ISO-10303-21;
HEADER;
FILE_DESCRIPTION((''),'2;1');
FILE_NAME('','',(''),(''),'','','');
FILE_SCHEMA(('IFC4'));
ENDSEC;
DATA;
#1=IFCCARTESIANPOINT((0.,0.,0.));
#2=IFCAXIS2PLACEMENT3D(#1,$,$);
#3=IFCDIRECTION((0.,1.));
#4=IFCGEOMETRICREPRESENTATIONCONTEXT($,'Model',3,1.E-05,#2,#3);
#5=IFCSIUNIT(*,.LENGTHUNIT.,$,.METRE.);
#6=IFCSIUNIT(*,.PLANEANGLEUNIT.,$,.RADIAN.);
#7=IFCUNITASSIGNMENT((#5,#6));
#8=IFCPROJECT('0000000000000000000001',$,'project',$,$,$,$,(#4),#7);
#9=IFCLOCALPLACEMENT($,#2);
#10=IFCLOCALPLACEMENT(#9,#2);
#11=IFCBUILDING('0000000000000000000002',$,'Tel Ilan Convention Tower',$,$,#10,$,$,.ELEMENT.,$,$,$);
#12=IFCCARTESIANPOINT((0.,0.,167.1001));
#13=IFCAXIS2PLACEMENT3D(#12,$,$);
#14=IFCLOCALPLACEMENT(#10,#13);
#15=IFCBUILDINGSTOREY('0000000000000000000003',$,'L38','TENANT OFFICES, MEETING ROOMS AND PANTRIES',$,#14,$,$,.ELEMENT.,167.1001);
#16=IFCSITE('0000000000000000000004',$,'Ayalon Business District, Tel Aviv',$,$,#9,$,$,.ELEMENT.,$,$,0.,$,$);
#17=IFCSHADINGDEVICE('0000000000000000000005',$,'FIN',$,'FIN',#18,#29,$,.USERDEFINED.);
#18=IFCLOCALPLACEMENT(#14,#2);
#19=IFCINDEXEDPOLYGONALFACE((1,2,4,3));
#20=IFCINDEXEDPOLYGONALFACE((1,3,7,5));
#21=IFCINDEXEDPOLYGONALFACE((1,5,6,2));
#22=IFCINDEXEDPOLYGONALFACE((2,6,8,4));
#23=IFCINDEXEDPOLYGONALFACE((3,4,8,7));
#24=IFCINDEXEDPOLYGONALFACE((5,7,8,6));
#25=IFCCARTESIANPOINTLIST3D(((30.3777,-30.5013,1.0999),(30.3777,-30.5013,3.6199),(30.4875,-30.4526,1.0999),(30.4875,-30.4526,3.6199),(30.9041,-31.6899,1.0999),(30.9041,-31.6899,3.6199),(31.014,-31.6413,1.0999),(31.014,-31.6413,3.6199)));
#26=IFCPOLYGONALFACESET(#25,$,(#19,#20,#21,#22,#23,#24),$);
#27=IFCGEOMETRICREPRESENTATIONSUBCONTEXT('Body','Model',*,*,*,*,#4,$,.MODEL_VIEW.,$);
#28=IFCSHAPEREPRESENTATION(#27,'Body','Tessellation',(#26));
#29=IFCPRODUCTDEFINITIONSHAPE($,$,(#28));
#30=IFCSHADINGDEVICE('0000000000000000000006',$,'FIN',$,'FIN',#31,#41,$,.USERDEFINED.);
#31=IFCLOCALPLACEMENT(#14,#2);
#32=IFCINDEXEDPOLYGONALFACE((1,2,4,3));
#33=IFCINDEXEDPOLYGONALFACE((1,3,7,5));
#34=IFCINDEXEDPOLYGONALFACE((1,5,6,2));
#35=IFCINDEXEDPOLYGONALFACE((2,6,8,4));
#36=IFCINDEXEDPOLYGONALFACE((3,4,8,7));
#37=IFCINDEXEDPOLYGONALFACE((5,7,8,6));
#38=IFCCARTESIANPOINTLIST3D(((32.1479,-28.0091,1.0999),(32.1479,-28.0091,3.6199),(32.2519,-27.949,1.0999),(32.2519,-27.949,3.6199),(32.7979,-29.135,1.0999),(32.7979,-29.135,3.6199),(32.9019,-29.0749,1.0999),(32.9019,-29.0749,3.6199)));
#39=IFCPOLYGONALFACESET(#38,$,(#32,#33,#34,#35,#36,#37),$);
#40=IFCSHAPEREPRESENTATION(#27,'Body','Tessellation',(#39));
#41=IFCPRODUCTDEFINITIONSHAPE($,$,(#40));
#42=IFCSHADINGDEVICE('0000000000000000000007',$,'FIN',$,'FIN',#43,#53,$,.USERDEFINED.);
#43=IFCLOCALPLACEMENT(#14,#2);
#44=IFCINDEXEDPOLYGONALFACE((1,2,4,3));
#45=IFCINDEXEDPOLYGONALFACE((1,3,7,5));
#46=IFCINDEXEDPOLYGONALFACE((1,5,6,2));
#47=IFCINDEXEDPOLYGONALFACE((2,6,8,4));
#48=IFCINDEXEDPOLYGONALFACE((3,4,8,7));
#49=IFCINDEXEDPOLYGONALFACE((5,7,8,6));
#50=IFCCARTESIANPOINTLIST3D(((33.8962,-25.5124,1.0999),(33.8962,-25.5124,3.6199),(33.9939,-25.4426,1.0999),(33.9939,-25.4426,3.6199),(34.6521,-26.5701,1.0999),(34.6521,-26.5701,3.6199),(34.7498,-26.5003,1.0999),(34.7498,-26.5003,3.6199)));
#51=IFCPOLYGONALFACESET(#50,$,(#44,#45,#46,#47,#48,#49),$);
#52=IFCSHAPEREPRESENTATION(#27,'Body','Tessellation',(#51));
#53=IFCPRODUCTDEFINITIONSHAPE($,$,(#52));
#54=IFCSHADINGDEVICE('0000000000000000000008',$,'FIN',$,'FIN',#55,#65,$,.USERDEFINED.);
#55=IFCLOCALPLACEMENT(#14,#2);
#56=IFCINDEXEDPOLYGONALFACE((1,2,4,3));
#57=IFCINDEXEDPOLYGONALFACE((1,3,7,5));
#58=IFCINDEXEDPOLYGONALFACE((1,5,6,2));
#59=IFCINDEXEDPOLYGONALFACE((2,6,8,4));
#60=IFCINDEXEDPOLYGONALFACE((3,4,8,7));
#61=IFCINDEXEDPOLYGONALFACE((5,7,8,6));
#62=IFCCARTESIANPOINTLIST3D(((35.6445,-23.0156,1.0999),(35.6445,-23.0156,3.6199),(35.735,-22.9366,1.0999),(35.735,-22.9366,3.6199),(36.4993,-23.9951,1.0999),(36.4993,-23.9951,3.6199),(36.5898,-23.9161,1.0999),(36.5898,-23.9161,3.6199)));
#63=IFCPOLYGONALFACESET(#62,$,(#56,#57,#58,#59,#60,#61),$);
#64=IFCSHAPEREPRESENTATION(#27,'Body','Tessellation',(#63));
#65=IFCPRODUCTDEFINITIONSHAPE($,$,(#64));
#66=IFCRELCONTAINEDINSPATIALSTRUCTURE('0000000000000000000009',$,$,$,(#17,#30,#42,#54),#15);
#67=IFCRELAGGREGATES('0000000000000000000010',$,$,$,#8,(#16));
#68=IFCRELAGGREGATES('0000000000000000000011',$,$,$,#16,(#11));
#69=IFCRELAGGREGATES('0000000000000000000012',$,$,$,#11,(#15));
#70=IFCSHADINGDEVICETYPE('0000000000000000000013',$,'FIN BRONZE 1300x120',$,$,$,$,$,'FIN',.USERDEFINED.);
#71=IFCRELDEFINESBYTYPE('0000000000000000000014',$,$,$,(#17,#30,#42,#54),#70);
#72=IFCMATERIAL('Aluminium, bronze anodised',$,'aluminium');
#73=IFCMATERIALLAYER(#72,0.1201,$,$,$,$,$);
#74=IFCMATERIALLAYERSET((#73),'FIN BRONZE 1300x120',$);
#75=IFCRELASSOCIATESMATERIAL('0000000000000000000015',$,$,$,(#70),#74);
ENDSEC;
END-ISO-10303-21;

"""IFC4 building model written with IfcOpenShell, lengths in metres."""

from ifc_helpers import new_model, si_unit, direction, frame, origin, origin_2d, place, context, subcontext, project, spatial, rectangle, extrude, material, layer, layer_set, type_object, element, save


model = new_model("IFC4")

# Units and contexts
model_context = context("Model", 3, precision=1e-05, world=origin(), true_north=direction((0.0, 1.0)))
body_context = subcontext(model_context, "Body", "Model", "MODEL_VIEW")
ifc_project = project(units=[si_unit("LENGTHUNIT", "METRE"), si_unit("PLANEANGLEUNIT", "RADIAN")], contexts=[model_context])

# Site, building, storey
site_placement = place(None, origin())
site = spatial("IfcSite", under=ifc_project, at=site_placement, Name="Ayalon Business District, Tel Aviv", CompositionType="ELEMENT", RefElevation=0.0)
building_placement = place(site_placement, origin())
building = spatial("IfcBuilding", under=site, at=building_placement, Name="Tel Ilan Convention Tower", CompositionType="ELEMENT")
storey_placement = place(building_placement, frame((0.0, 0.0, 167.1001)))
storey = spatial("IfcBuildingStorey", under=building, at=storey_placement, Name="L38", Description="TENANT OFFICES, MEETING ROOMS AND PANTRIES", CompositionType="ELEMENT", Elevation=167.1001)

# Shading devices
ifc_material_1 = material(Name="Aluminium, bronze anodised", Category="aluminium")
ifc_layer_1 = layer(ifc_material_1, 0.1201)
ifc_layer_set_1 = layer_set([ifc_layer_1], Name="FIN BRONZE 1300x120")
shading_device_type = type_object("IfcShadingDeviceType", Name="FIN BRONZE 1300x120", ElementType="FIN", PredefinedType="USERDEFINED", material=ifc_layer_set_1)
for number, where, z_axis, x_axis, name in (
    (1, (30.6958, -31.0713, 1.0999), (0.0, 0.0, 1.0), (0.404964, -0.914333, 0.0), "FIN"),
    (2, (32.5249, -28.542, 1.0999), (0.0, 0.0, 1.0), (0.5, -0.866025, 0.0), "FIN"),
    (3, (34.323, -26.0063, 1.0999), (0.0, 0.0, 1.0), (0.581492, -0.813552, 0.0), "FIN"),
    (4, (36.1172, -23.4658, 1.0999), (0.0, 0.0, 1.0), (0.657521, -0.753436, 0.0), "FIN"),
):
    element("IfcShadingDevice", number, at=place(storey_placement, frame(where, z_axis=z_axis, x_axis=x_axis)), inside=storey, type_object=shading_device_type, Name=name, ObjectType="FIN", PredefinedType="USERDEFINED", context=body_context, shape_type="SweptSolid", body=[
        extrude(rectangle(XDim=1.3, YDim=0.1201, at=origin_2d()), origin(), (0.0, 0.0, 1.0), 2.52),
    ])

save(model, "model.ifc")
